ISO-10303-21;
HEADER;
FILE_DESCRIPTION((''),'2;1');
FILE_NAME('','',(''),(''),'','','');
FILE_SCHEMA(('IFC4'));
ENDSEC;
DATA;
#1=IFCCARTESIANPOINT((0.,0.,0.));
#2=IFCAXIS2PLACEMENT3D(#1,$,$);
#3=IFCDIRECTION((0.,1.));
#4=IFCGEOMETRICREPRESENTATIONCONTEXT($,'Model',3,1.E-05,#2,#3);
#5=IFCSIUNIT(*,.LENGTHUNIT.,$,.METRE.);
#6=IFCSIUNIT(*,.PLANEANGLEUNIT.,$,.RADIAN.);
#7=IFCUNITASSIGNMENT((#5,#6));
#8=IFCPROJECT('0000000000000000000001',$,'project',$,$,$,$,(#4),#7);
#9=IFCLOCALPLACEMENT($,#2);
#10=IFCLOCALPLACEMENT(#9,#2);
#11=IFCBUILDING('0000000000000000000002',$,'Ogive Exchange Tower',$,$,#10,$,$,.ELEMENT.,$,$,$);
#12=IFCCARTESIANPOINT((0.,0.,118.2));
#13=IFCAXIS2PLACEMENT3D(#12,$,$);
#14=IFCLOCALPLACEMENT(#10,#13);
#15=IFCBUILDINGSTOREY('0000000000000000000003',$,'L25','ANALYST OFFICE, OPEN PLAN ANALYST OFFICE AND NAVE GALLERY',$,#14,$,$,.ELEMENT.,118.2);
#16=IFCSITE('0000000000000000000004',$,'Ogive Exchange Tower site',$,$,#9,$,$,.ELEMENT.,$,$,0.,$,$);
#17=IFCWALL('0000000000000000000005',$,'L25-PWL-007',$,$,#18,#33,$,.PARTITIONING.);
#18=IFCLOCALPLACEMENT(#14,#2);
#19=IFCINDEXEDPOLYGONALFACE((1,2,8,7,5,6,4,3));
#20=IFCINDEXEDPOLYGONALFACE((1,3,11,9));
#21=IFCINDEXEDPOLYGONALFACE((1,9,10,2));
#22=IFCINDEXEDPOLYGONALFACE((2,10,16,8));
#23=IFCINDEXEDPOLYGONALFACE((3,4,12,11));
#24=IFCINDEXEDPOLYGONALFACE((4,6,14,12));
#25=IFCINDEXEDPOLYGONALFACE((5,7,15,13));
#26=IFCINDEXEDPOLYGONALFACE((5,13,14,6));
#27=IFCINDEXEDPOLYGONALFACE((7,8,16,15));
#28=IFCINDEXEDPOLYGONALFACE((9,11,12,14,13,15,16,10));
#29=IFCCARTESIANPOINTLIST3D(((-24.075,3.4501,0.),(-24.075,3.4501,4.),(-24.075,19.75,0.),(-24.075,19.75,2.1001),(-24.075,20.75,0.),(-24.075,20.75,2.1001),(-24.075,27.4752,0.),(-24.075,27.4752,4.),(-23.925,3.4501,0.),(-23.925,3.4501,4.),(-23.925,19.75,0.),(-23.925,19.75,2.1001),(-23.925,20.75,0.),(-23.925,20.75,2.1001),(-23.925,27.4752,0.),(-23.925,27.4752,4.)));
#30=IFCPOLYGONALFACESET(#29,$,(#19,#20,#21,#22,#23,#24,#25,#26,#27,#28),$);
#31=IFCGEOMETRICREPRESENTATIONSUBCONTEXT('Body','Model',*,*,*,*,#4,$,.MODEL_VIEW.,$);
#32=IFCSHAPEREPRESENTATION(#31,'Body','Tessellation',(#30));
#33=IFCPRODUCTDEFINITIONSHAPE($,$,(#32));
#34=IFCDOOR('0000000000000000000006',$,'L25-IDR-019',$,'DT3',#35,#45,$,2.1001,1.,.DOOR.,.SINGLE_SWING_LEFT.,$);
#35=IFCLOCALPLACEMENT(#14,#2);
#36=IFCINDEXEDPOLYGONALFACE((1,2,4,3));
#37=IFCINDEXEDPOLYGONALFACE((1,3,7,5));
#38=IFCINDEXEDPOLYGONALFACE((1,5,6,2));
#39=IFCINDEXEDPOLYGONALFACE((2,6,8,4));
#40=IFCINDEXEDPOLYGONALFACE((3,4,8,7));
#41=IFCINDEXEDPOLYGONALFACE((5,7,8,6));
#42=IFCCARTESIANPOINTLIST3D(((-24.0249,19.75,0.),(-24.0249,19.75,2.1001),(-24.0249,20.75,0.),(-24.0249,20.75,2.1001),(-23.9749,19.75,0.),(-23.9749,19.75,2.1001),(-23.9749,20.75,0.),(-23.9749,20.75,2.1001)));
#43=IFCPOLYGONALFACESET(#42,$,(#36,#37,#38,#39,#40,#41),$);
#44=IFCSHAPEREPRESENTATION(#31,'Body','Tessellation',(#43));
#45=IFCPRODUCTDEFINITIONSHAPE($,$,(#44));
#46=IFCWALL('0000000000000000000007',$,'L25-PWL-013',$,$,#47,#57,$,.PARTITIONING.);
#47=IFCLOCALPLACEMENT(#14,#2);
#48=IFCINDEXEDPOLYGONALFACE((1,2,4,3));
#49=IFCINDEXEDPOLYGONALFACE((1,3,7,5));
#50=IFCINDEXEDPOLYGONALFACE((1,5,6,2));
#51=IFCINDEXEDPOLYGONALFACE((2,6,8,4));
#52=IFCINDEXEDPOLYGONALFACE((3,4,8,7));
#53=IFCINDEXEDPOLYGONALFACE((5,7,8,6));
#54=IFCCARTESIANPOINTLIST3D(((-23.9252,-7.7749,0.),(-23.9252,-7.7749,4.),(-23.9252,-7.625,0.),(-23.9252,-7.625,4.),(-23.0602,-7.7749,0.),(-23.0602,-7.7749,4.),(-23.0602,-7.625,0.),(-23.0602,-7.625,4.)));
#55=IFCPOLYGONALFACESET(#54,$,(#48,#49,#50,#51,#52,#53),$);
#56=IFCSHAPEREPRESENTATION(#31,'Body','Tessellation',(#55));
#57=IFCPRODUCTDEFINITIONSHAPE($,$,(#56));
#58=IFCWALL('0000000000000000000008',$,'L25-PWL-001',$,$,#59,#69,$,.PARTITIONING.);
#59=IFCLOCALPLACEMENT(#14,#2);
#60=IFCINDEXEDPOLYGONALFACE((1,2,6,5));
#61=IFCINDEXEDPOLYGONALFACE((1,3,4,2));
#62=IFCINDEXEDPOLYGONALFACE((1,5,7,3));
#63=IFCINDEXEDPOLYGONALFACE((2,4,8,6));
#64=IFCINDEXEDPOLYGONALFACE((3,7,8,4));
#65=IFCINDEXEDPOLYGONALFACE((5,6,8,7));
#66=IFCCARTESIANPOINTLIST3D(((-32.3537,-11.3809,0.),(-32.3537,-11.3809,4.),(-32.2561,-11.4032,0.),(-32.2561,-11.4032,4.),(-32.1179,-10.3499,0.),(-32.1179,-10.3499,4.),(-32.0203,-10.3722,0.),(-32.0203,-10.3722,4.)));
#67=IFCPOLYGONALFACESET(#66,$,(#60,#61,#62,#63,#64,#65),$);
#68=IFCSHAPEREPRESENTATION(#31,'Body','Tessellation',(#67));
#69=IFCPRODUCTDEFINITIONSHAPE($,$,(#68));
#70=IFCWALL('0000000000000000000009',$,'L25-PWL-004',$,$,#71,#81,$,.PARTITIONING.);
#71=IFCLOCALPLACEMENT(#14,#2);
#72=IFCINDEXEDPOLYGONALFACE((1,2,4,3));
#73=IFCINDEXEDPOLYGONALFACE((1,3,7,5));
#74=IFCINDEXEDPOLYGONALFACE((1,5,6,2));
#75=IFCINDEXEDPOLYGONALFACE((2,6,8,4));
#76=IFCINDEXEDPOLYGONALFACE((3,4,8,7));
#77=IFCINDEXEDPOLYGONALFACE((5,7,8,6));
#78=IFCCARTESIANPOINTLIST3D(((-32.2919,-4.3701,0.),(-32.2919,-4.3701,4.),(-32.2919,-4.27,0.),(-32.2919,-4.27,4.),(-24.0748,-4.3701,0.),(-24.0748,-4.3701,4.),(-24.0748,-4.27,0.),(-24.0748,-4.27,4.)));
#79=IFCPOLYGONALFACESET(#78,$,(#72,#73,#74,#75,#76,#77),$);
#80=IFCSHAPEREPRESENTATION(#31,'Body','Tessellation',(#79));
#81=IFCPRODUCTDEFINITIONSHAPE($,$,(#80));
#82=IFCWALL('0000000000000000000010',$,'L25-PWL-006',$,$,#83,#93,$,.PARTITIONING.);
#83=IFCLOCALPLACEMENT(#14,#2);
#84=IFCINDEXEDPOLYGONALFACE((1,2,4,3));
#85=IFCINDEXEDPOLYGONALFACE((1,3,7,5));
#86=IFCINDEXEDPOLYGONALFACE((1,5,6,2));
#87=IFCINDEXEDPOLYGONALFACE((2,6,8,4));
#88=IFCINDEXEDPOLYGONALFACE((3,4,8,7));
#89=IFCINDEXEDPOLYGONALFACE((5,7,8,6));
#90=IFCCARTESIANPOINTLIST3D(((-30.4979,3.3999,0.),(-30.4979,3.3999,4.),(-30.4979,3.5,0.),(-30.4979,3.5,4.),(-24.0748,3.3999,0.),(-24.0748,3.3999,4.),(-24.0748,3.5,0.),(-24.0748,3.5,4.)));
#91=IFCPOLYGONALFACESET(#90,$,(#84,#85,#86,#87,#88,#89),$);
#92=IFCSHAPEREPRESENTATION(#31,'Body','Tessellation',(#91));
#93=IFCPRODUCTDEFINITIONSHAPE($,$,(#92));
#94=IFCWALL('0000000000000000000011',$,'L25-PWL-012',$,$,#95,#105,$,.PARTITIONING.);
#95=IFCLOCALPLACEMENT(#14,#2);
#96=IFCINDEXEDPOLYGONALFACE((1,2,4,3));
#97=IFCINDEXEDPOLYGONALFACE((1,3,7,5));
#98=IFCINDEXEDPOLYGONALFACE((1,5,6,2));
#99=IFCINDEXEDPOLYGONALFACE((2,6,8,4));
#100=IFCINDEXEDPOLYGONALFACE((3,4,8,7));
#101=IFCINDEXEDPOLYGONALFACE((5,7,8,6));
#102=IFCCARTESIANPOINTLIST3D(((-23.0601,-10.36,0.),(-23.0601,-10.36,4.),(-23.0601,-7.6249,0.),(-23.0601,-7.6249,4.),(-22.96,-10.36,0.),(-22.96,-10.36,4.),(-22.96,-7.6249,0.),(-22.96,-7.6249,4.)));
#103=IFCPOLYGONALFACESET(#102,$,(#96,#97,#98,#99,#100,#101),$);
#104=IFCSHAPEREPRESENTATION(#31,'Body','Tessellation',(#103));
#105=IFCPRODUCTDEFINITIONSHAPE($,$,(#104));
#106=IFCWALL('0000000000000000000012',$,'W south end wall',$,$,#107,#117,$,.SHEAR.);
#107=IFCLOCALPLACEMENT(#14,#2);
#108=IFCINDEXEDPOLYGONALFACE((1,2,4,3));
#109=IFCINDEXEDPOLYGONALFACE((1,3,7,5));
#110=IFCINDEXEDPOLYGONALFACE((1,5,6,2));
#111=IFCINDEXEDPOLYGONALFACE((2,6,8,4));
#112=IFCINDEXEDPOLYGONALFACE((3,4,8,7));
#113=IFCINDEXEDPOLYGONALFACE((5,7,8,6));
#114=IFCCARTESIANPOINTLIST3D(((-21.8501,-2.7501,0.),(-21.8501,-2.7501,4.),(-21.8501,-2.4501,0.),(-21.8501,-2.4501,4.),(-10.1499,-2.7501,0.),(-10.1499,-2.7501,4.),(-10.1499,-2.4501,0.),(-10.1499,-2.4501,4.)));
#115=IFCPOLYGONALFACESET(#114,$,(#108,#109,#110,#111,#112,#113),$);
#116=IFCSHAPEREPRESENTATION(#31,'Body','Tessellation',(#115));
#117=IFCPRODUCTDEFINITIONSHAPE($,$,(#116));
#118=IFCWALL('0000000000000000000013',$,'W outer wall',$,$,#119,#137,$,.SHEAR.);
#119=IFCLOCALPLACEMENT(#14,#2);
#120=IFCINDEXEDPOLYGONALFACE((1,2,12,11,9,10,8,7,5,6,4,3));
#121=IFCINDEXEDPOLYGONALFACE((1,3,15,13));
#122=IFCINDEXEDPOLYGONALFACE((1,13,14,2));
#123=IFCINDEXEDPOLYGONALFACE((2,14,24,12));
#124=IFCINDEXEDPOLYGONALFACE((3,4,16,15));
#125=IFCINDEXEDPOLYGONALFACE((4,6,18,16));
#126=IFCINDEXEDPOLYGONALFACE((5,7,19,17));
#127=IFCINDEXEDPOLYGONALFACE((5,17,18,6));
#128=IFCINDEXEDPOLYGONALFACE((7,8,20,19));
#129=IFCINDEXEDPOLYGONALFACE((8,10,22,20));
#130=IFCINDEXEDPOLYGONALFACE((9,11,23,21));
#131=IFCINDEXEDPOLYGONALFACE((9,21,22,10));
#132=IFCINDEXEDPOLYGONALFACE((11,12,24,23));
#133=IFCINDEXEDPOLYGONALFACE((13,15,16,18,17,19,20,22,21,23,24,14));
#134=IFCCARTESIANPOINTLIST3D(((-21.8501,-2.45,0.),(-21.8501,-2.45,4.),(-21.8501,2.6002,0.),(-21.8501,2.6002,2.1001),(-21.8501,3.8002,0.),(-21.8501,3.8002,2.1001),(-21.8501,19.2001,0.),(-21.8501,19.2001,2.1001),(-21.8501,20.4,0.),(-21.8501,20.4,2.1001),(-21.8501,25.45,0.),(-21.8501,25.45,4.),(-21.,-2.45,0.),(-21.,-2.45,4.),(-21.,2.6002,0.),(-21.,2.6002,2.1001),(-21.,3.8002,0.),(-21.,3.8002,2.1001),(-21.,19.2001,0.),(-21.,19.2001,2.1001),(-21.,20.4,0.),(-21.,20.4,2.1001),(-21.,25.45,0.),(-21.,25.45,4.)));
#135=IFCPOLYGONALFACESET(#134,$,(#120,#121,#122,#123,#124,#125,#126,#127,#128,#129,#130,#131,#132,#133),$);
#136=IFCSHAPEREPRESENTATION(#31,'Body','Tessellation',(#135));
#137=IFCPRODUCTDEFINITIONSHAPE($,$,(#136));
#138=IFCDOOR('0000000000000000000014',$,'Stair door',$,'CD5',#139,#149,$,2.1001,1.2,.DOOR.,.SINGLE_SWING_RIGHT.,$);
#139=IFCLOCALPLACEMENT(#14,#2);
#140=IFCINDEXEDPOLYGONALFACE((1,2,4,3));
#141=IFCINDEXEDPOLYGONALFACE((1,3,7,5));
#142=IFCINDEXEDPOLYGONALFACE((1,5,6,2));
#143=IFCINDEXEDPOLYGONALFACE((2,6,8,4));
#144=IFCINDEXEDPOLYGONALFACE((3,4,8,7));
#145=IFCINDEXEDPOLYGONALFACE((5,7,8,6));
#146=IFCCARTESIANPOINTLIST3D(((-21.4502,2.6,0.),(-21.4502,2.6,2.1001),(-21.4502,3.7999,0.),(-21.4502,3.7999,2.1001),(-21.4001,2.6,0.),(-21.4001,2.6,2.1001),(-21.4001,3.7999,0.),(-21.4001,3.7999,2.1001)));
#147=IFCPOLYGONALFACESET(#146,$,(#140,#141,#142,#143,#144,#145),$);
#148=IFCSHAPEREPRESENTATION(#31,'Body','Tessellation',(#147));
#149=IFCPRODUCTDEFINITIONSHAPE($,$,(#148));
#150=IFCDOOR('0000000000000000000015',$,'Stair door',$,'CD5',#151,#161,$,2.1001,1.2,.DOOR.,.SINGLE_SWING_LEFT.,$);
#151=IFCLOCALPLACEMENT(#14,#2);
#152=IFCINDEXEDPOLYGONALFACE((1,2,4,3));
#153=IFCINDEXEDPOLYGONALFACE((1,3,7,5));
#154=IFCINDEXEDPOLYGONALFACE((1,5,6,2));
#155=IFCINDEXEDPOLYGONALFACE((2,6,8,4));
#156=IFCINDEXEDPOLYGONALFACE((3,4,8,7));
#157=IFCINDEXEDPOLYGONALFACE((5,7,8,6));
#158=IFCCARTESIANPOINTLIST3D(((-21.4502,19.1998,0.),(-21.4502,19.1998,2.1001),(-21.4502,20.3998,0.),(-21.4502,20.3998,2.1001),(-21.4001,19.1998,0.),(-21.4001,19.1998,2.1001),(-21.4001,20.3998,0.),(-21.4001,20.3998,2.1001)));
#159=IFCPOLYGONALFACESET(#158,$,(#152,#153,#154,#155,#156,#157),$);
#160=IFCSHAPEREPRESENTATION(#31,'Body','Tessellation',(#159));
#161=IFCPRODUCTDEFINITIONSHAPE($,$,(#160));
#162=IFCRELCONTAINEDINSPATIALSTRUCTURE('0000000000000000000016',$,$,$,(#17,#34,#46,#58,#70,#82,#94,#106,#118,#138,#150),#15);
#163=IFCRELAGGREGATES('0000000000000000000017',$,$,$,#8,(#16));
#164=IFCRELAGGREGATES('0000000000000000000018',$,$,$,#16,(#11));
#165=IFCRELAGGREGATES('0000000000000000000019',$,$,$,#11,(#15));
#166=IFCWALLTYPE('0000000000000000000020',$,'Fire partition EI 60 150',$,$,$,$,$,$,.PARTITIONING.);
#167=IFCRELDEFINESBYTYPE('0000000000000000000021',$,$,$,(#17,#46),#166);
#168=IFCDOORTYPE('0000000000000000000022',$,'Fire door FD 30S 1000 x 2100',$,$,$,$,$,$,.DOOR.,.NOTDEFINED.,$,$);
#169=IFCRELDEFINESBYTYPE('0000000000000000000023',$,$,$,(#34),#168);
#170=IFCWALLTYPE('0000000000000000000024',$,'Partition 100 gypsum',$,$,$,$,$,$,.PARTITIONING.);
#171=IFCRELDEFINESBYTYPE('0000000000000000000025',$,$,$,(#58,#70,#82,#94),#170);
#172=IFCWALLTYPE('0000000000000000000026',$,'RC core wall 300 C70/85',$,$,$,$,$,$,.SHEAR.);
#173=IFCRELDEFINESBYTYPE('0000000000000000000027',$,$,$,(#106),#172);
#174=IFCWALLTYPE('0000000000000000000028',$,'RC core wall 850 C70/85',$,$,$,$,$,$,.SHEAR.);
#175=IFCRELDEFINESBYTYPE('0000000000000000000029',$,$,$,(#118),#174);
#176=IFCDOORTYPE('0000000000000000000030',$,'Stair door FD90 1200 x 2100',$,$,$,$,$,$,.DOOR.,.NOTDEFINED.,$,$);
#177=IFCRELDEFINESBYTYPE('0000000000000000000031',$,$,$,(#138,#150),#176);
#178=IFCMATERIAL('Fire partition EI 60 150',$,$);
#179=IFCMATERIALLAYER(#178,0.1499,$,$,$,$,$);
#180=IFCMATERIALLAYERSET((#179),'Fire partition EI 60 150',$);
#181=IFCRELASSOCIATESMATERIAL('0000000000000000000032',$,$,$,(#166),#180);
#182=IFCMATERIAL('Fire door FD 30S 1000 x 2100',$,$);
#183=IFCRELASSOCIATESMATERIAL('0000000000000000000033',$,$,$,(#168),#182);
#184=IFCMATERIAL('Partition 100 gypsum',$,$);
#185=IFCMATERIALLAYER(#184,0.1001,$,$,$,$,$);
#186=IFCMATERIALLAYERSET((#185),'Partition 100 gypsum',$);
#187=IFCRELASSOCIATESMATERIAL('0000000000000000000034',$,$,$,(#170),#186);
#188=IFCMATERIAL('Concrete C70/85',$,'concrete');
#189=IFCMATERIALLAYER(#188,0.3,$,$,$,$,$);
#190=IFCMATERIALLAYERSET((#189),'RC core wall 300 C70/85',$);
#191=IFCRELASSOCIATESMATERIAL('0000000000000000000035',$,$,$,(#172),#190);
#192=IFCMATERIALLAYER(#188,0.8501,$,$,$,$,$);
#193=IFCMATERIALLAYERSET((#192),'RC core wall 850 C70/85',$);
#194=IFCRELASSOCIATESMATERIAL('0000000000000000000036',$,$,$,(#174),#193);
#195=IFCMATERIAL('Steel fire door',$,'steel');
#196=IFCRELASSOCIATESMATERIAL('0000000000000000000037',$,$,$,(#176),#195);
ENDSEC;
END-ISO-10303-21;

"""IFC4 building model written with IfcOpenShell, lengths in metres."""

from ifc_helpers import new_model, si_unit, direction, frame, frame_2d, origin, place, context, subcontext, project, spatial, rectangle, extrude, material, layer, layer_set, type_object, element, fill, save


model = new_model("IFC4")

# Units and contexts
model_context = context("Model", 3, precision=1e-05, world=origin(), true_north=direction((0.0, 1.0)))
body_context = subcontext(model_context, "Body", "Model", "MODEL_VIEW")
ifc_project = project(units=[si_unit("LENGTHUNIT", "METRE"), si_unit("PLANEANGLEUNIT", "RADIAN")], contexts=[model_context])

# Site, building, storey
site_placement = place(None, origin())
site = spatial("IfcSite", under=ifc_project, at=site_placement, Name="Ogive Exchange Tower site", CompositionType="ELEMENT", RefElevation=0.0)
building_placement = place(site_placement, origin())
building = spatial("IfcBuilding", under=site, at=building_placement, Name="Ogive Exchange Tower", CompositionType="ELEMENT")
storey_placement = place(building_placement, frame((0.0, 0.0, 118.2)))
storey = spatial("IfcBuildingStorey", under=building, at=storey_placement, Name="L25", Description="ANALYST OFFICE, OPEN PLAN ANALYST OFFICE AND NAVE GALLERY", CompositionType="ELEMENT", Elevation=118.2)

# Wall, opening, door
ifc_material_1 = material(Name="Fire partition EI 60 150")
ifc_layer_1 = layer(ifc_material_1, 0.1499)
ifc_layer_set_1 = layer_set([ifc_layer_1], Name="Fire partition EI 60 150")
wall_type_1 = type_object("IfcWallType", Name="Fire partition EI 60 150", PredefinedType="PARTITIONING", material=ifc_layer_set_1)
ifc_material_2 = material(Name="Fire door FD 30S 1000 x 2100")
door_type_1 = type_object("IfcDoorType", Name="Fire door FD 30S 1000 x 2100", OperationType="NOTDEFINED", PredefinedType="DOOR", material=ifc_material_2)
wall_1_placement = place(storey_placement, frame((-24.0, 3.45, 0.0), z_axis=(0.0, 0.0, 1.0), x_axis=(0.0, 1.0, 0.0)))
wall_1 = element("IfcWall", 1, at=wall_1_placement, inside=storey, type_object=wall_type_1, Name="L25-PWL-007", PredefinedType="PARTITIONING", context=body_context, shape_type="SweptSolid", body=[
    extrude(rectangle(XDim=24.0251, YDim=0.1499, at=frame_2d((12.0127, 0.0))), origin(), (0.0, 0.0, 1.0), 4.0),
])
opening_1_placement = place(wall_1_placement, frame((16.3, 0.0, 0.0)))
opening_1 = element("IfcOpeningElement", 2, at=opening_1_placement, cuts=wall_1, PredefinedType="OPENING", context=body_context, shape_type="SweptSolid", body=[
    extrude(rectangle(XDim=1.0, YDim=2.1001, at=frame_2d((0.5, 1.05))), frame((0.0, 0.085, 0.0), z_axis=(0.0, -1.0, 0.0), x_axis=(1.0, 0.0, 0.0)), (0.0, 0.0, 1.0), 0.1699),
])
door_1_placement = place(opening_1_placement, origin())
door_1 = element("IfcDoor", 3, at=door_1_placement, inside=storey, type_object=door_type_1, Name="L25-IDR-019", ObjectType="DT3", OperationType="SINGLE_SWING_LEFT", OverallHeight=2.1001, OverallWidth=1.0, PredefinedType="DOOR", context=body_context, shape_type="SweptSolid", body=[
    extrude(rectangle(XDim=1.0, YDim=2.1001, at=frame_2d((0.5, 1.05))), frame((0.0, 0.0249, 0.0), z_axis=(0.0, -1.0, 0.0), x_axis=(1.0, 0.0, 0.0)), (0.0, 0.0, 1.0), 0.05),
])
fill(opening_1, door_1)

# Walls
wall_2_placement = place(storey_placement, frame((-23.0601, -7.7, 0.0), z_axis=(0.0, 0.0, 1.0), x_axis=(-1.0, 0.0, 0.0)))
element("IfcWall", 4, at=wall_2_placement, inside=storey, type_object=wall_type_1, Name="L25-PWL-013", PredefinedType="PARTITIONING", context=body_context, shape_type="SweptSolid", body=[
    extrude(rectangle(XDim=0.865, YDim=0.1499, at=frame_2d((0.4326, 0.0))), origin(), (0.0, 0.0, 1.0), 4.0),
])
ifc_material_3 = material(Name="Partition 100 gypsum")
ifc_layer_2 = layer(ifc_material_3, 0.1001)
ifc_layer_set_2 = layer_set([ifc_layer_2], Name="Partition 100 gypsum")
wall_type_2 = type_object("IfcWallType", Name="Partition 100 gypsum", PredefinedType="PARTITIONING", material=ifc_layer_set_2)
wall_3_placement = place(storey_placement, frame((-32.0691, -10.3611, 0.0), z_axis=(0.0, 0.0, 1.0), x_axis=(-0.222988, -0.974821, 0.0)))
element("IfcWall", 5, at=wall_3_placement, inside=storey, type_object=wall_type_2, Name="L25-PWL-001", PredefinedType="PARTITIONING", context=body_context, shape_type="SweptSolid", body=[
    extrude(rectangle(XDim=1.0576, YDim=0.1001, at=frame_2d((0.5288, 0.0))), origin(), (0.0, 0.0, 1.0), 4.0),
])
wall_4_placement = place(storey_placement, frame((-24.075, -4.3201, 0.0), z_axis=(0.0, 0.0, 1.0), x_axis=(-1.0, 0.0, 0.0)))
element("IfcWall", 6, at=wall_4_placement, inside=storey, type_object=wall_type_2, Name="L25-PWL-004", PredefinedType="PARTITIONING", context=body_context, shape_type="SweptSolid", body=[
    extrude(rectangle(XDim=8.217, YDim=0.1001, at=frame_2d((4.1084, 0.0))), origin(), (0.0, 0.0, 1.0), 4.0),
])
wall_5_placement = place(storey_placement, frame((-24.075, 3.45, 0.0), z_axis=(0.0, 0.0, 1.0), x_axis=(-1.0, 0.0, 0.0)))
element("IfcWall", 7, at=wall_5_placement, inside=storey, type_object=wall_type_2, Name="L25-PWL-006", PredefinedType="PARTITIONING", context=body_context, shape_type="SweptSolid", body=[
    extrude(rectangle(XDim=6.4231, YDim=0.1001, at=frame_2d((3.2114, 0.0))), origin(), (0.0, 0.0, 1.0), 4.0),
])
wall_6_placement = place(storey_placement, frame((-23.01, -10.3601, 0.0), z_axis=(0.0, 0.0, 1.0), x_axis=(0.0, 1.0, 0.0)))
element("IfcWall", 8, at=wall_6_placement, inside=storey, type_object=wall_type_2, Name="L25-PWL-012", PredefinedType="PARTITIONING", context=body_context, shape_type="SweptSolid", body=[
    extrude(rectangle(XDim=2.7351, YDim=0.1001, at=frame_2d((1.3677, 0.0))), origin(), (0.0, 0.0, 1.0), 4.0),
])
ifc_material_4 = material(Name="Concrete C70/85", Category="concrete")
ifc_layer_3 = layer(ifc_material_4, 0.3)
ifc_layer_set_3 = layer_set([ifc_layer_3], Name="RC core wall 300 C70/85")
wall_type_3 = type_object("IfcWallType", Name="RC core wall 300 C70/85", PredefinedType="SHEAR", material=ifc_layer_set_3)
wall_7_placement = place(storey_placement, frame((-21.8501, -2.6001, 0.0), z_axis=(0.0, 0.0, 1.0), x_axis=(1.0, 0.0, 0.0)))
element("IfcWall", 9, at=wall_7_placement, inside=storey, type_object=wall_type_3, Name="W south end wall", PredefinedType="SHEAR", context=body_context, shape_type="SweptSolid", body=[
    extrude(rectangle(XDim=11.7002, YDim=0.3, at=frame_2d((5.8501, 0.0))), origin(), (0.0, 0.0, 1.0), 4.0),
])

# Wall, openings, doors
ifc_layer_4 = layer(ifc_material_4, 0.8501)
ifc_layer_set_4 = layer_set([ifc_layer_4], Name="RC core wall 850 C70/85")
wall_type_4 = type_object("IfcWallType", Name="RC core wall 850 C70/85", PredefinedType="SHEAR", material=ifc_layer_set_4)
wall_8_placement = place(storey_placement, frame((-21.425, -2.45, 0.0), z_axis=(0.0, 0.0, 1.0), x_axis=(0.0, 1.0, 0.0)))
wall_8 = element("IfcWall", 10, at=wall_8_placement, inside=storey, type_object=wall_type_4, Name="W outer wall", PredefinedType="SHEAR", context=body_context, shape_type="SweptSolid", body=[
    extrude(rectangle(XDim=27.8999, YDim=0.8501, at=frame_2d((13.95, 0.0))), origin(), (0.0, 0.0, 1.0), 4.0),
])
opening_2_placement = place(wall_8_placement, frame((5.05, 0.0, 0.0)))
opening_2 = element("IfcOpeningElement", 11, at=opening_2_placement, cuts=wall_8, PredefinedType="OPENING", context=body_context, shape_type="SweptSolid", body=[
    extrude(rectangle(XDim=1.2, YDim=2.1001, at=frame_2d((0.6001, 1.05))), frame((0.0, 0.4351, 0.0), z_axis=(0.0, -1.0, 0.0), x_axis=(1.0, 0.0, 0.0)), (0.0, 0.0, 1.0), 0.8701),
])
opening_3_placement = place(wall_8_placement, frame((21.6499, 0.0, 0.0)))
opening_3 = element("IfcOpeningElement", 12, at=opening_3_placement, cuts=wall_8, PredefinedType="OPENING", context=body_context, shape_type="SweptSolid", body=[
    extrude(rectangle(XDim=1.2, YDim=2.1001, at=frame_2d((0.6001, 1.05))), frame((0.0, 0.4351, 0.0), z_axis=(0.0, -1.0, 0.0), x_axis=(1.0, 0.0, 0.0)), (0.0, 0.0, 1.0), 0.8701),
])
ifc_material_5 = material(Name="Steel fire door", Category="steel")
door_type_2 = type_object("IfcDoorType", Name="Stair door FD90 1200 x 2100", OperationType="NOTDEFINED", PredefinedType="DOOR", material=ifc_material_5)
door_2_placement = place(opening_2_placement, frame((1.2, 0.0, 0.0), z_axis=(0.0, 0.0, 1.0), x_axis=(-1.0, 0.0, 0.0)))
door_2 = element("IfcDoor", 13, at=door_2_placement, inside=storey, type_object=door_type_2, Name="Stair door", ObjectType="CD5", OperationType="SINGLE_SWING_RIGHT", OverallHeight=2.1001, OverallWidth=1.2, PredefinedType="DOOR", context=body_context, shape_type="SweptSolid", body=[
    extrude(rectangle(XDim=1.2, YDim=2.1001, at=frame_2d((0.6001, 1.05))), frame((0.0, 0.0249, 0.0), z_axis=(0.0, -1.0, 0.0), x_axis=(1.0, 0.0, 0.0)), (0.0, 0.0, 1.0), 0.05),
])
fill(opening_2, door_2)
door_3_placement = place(opening_3_placement, frame((1.2, 0.0, 0.0), z_axis=(0.0, 0.0, 1.0), x_axis=(-1.0, 0.0, 0.0)))
door_3 = element("IfcDoor", 14, at=door_3_placement, inside=storey, type_object=door_type_2, Name="Stair door", ObjectType="CD5", OperationType="SINGLE_SWING_LEFT", OverallHeight=2.1001, OverallWidth=1.2, PredefinedType="DOOR", context=body_context, shape_type="SweptSolid", body=[
    extrude(rectangle(XDim=1.2, YDim=2.1001, at=frame_2d((0.6001, 1.05))), frame((0.0, 0.0249, 0.0), z_axis=(0.0, -1.0, 0.0), x_axis=(1.0, 0.0, 0.0)), (0.0, 0.0, 1.0), 0.05),
])
fill(opening_3, door_3)

save(model, "model.ifc")
